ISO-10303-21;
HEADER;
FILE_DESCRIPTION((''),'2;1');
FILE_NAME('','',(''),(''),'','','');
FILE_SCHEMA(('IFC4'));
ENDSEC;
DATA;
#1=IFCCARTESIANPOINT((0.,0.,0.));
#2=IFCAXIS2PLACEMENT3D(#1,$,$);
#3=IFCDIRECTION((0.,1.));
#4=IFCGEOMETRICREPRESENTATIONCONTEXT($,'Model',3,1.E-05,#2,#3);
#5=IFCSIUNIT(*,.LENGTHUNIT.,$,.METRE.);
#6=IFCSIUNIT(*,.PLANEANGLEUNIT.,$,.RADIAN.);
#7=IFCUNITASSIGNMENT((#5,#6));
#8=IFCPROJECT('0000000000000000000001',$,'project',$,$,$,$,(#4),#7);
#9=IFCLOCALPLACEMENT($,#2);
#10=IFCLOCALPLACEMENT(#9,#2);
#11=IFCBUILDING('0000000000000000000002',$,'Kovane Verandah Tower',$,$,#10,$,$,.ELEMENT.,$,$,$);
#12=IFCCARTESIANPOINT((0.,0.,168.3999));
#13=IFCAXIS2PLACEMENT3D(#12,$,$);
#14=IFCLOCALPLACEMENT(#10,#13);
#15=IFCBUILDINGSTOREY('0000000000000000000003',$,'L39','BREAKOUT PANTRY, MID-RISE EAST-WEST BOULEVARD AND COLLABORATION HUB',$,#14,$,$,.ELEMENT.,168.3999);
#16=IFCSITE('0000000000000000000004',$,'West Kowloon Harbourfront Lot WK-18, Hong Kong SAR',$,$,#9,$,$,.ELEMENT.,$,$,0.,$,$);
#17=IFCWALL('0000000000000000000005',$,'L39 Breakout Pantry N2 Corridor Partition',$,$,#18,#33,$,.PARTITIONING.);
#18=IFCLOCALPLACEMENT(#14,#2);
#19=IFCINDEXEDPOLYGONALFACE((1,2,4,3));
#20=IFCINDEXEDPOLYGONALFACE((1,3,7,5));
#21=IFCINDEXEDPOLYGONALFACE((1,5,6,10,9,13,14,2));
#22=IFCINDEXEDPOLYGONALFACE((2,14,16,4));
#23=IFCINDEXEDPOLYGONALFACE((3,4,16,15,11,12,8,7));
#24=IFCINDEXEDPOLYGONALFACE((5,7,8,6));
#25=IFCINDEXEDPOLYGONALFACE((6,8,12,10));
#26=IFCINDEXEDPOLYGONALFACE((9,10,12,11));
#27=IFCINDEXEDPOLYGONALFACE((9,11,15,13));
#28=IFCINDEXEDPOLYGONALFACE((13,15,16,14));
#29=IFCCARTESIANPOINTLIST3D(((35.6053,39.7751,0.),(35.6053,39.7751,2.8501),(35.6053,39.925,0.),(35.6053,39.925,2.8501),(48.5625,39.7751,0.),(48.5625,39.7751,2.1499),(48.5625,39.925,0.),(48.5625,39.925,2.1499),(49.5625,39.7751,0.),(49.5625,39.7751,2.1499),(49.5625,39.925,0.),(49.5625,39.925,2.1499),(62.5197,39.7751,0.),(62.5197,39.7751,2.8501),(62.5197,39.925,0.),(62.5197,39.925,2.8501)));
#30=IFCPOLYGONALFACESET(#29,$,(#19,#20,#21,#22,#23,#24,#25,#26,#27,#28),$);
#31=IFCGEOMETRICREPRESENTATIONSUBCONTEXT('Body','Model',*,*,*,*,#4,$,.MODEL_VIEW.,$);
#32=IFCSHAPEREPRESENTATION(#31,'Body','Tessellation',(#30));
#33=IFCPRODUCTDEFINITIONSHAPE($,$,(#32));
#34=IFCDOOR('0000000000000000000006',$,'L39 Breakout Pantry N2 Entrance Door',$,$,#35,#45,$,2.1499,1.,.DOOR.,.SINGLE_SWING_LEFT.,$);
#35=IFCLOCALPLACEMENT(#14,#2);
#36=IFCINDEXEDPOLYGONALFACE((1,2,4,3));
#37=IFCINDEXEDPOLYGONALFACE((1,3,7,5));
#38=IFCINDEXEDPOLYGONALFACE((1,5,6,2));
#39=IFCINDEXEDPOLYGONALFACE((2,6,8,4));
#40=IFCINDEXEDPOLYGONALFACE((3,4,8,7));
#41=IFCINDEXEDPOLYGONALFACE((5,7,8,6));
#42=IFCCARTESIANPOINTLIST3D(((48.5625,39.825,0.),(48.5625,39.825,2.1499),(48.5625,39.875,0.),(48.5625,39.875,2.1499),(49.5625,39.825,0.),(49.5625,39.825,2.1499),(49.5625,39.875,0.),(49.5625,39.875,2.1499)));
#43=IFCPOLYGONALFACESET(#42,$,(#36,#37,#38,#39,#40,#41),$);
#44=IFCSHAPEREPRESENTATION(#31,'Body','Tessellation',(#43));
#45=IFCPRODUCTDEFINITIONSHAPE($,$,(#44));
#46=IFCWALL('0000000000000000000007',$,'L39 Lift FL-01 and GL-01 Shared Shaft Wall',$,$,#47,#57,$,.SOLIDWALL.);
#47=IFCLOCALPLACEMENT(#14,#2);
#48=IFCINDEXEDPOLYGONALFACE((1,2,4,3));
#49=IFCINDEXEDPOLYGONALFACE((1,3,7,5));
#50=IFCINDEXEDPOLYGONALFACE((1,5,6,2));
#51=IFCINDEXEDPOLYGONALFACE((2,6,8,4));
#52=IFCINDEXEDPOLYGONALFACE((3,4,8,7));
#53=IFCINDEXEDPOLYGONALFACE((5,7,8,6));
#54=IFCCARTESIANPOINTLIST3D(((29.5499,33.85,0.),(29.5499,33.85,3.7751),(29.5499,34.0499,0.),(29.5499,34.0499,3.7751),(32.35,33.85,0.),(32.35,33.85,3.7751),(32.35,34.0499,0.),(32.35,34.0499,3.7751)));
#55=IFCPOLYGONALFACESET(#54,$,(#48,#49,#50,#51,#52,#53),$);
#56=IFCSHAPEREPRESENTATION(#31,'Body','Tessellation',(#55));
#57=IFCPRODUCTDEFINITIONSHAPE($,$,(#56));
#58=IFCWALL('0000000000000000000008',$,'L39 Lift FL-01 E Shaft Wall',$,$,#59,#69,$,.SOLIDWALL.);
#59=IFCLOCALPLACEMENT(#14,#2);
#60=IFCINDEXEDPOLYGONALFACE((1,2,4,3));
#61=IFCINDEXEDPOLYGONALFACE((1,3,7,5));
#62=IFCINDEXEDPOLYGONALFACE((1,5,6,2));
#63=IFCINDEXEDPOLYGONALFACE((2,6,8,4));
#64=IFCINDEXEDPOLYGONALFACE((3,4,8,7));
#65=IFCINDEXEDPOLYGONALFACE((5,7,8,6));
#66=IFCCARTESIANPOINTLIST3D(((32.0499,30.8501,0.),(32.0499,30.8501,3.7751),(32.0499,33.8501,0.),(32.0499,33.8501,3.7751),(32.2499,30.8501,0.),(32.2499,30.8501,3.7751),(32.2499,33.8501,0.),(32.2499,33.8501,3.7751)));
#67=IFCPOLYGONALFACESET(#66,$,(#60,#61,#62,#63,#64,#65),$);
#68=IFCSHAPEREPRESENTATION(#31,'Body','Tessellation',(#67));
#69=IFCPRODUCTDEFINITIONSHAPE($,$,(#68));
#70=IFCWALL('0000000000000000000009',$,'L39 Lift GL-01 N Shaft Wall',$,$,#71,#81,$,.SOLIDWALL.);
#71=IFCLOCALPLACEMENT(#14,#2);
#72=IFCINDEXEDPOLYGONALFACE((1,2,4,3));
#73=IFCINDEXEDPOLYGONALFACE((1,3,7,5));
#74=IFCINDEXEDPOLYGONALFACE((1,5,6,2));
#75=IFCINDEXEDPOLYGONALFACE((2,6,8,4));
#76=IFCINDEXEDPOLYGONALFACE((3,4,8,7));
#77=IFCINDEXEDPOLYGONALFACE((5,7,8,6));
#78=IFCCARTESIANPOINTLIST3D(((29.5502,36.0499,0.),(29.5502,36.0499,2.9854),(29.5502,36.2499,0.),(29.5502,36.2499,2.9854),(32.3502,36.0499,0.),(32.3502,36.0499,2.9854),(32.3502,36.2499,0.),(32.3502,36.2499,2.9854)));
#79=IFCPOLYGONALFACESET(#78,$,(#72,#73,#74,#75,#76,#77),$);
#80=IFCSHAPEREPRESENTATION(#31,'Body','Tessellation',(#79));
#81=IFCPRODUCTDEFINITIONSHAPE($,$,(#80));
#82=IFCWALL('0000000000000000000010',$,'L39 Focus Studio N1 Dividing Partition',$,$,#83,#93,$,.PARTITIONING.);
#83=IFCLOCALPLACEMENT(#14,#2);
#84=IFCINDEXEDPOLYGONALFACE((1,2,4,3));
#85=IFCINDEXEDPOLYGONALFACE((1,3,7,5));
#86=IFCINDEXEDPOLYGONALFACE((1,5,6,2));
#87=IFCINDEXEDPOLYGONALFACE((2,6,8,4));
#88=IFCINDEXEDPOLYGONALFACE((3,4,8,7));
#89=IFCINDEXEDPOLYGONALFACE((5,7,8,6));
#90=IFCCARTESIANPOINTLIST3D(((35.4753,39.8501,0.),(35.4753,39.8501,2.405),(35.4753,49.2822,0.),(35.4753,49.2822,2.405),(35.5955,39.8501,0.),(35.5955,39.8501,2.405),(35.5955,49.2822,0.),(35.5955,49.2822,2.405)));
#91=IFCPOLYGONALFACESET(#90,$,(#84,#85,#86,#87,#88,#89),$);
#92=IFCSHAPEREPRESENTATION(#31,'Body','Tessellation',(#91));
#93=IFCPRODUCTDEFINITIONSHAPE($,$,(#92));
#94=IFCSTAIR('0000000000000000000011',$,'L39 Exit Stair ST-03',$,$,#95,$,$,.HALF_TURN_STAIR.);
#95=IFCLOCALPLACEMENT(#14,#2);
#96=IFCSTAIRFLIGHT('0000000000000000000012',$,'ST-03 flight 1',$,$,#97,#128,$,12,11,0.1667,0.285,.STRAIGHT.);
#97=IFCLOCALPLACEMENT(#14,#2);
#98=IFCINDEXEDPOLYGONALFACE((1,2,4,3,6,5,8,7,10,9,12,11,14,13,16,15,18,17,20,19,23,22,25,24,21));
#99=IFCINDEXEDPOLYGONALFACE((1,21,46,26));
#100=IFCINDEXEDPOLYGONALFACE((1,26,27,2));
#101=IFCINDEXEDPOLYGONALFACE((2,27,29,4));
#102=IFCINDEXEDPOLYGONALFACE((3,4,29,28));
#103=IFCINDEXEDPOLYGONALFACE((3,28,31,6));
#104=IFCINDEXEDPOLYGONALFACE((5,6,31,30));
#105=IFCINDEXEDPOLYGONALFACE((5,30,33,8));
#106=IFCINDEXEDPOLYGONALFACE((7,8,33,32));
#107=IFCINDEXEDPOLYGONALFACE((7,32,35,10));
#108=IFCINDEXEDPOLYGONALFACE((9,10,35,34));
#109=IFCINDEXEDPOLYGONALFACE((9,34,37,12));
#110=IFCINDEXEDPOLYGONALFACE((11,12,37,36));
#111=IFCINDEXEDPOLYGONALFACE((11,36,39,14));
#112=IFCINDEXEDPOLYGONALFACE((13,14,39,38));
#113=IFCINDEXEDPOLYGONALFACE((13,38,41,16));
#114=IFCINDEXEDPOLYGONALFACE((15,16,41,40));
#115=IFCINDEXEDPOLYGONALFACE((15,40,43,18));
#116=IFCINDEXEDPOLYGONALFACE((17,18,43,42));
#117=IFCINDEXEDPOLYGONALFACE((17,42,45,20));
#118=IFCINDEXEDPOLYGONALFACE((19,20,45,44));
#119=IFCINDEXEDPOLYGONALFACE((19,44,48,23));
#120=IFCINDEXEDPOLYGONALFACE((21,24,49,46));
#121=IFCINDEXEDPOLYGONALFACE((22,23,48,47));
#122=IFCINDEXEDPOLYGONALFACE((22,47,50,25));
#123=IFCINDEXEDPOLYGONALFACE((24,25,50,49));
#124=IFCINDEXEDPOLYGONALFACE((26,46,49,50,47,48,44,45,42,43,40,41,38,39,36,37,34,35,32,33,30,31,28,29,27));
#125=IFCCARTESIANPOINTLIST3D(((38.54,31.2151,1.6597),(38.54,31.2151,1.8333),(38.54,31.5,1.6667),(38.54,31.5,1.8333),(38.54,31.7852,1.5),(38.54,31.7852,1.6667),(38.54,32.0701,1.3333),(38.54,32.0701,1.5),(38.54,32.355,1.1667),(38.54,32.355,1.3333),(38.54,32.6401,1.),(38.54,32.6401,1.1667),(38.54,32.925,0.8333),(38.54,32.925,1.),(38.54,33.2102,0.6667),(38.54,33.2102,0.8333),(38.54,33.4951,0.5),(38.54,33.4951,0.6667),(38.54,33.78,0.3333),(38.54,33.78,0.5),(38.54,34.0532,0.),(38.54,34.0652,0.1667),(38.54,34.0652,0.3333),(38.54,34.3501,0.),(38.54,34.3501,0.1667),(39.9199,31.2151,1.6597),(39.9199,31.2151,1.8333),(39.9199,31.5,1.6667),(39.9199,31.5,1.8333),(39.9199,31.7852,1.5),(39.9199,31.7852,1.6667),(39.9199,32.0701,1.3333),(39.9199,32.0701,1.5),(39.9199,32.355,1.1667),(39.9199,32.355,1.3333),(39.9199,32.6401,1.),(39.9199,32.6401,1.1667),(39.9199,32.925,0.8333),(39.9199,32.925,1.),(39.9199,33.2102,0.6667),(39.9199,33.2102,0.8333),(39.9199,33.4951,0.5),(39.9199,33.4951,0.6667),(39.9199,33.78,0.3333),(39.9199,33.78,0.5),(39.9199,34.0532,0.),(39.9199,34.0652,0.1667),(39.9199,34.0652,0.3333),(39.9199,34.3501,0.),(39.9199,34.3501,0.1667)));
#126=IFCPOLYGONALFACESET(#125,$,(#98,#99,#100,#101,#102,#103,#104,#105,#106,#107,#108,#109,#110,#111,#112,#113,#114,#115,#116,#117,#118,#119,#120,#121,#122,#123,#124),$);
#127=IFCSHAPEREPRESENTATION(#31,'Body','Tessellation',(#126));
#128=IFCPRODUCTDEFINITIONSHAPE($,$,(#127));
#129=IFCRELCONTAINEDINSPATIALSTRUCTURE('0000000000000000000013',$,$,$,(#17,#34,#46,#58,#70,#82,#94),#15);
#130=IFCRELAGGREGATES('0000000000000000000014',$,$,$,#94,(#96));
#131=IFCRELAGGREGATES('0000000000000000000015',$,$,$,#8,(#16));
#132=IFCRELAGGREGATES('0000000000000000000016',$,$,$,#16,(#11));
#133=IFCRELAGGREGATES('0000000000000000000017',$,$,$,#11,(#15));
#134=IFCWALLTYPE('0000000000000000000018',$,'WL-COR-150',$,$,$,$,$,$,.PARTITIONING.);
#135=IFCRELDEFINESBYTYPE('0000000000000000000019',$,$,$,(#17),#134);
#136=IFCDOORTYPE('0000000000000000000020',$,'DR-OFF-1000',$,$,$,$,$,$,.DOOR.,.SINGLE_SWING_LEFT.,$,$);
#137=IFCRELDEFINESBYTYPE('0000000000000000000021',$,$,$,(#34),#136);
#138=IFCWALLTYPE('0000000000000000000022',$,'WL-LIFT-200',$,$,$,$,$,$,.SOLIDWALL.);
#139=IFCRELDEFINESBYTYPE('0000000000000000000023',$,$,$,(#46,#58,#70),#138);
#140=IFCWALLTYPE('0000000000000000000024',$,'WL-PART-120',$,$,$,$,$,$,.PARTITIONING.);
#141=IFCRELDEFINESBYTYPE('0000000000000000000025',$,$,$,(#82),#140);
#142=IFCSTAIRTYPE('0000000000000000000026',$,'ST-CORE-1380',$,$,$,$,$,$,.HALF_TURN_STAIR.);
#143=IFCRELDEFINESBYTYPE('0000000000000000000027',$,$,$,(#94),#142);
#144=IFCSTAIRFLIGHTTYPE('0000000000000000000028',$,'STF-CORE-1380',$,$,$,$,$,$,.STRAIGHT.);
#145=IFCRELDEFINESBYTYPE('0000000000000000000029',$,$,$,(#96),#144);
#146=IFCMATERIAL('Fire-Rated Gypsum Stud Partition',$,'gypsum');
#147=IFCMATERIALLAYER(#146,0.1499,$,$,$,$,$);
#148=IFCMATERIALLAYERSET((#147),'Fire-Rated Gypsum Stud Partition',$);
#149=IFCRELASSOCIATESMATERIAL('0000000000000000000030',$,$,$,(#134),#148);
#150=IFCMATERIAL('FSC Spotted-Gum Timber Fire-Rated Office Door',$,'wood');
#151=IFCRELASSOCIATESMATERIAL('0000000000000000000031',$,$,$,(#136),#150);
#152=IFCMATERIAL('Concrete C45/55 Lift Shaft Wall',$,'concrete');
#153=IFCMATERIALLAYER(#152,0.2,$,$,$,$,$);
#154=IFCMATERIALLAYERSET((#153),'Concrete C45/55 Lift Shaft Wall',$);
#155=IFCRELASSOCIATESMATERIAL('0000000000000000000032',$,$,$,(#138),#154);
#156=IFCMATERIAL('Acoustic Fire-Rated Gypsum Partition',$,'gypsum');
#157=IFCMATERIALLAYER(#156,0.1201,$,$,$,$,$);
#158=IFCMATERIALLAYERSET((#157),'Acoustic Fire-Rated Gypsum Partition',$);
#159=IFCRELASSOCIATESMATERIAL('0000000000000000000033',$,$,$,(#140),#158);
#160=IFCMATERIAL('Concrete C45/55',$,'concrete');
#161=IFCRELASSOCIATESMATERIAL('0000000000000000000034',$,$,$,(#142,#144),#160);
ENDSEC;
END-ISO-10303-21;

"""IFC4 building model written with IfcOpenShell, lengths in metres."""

from ifc_helpers import new_model, si_unit, direction, frame, frame_2d, origin, place, context, subcontext, project, spatial, polyline, rectangle, outline, extrude, material, layer, layer_set, type_object, element, fill, aggregate, save


model = new_model("IFC4")

# Units and contexts
model_context = context("Model", 3, precision=1e-05, world=origin(), true_north=direction((0.0, 1.0)))
body_context = subcontext(model_context, "Body", "Model", "MODEL_VIEW")
ifc_project = project(units=[si_unit("LENGTHUNIT", "METRE"), si_unit("PLANEANGLEUNIT", "RADIAN")], contexts=[model_context])

# Site, building, storey
site_placement = place(None, origin())
site = spatial("IfcSite", under=ifc_project, at=site_placement, Name="West Kowloon Harbourfront Lot WK-18, Hong Kong SAR", CompositionType="ELEMENT", RefElevation=0.0)
building_placement = place(site_placement, origin())
building = spatial("IfcBuilding", under=site, at=building_placement, Name="Kovane Verandah Tower", CompositionType="ELEMENT")
storey_placement = place(building_placement, frame((0.0, 0.0, 168.3999)))
storey = spatial("IfcBuildingStorey", under=building, at=storey_placement, Name="L39", Description="BREAKOUT PANTRY, MID-RISE EAST-WEST BOULEVARD AND COLLABORATION HUB", CompositionType="ELEMENT", Elevation=168.3999)

# Shared definitions
ifc_material_1 = material(Name="Fire-Rated Gypsum Stud Partition", Category="gypsum")
ifc_layer_1 = layer(ifc_material_1, 0.1499)
ifc_layer_set_1 = layer_set([ifc_layer_1], Name="Fire-Rated Gypsum Stud Partition")
wall_type_1 = type_object("IfcWallType", Name="WL-COR-150", PredefinedType="PARTITIONING", material=ifc_layer_set_1)

# Wall, opening, door
wall_1_placement = place(storey_placement, frame((35.6055, 39.8501, 0.0), z_axis=(0.0, 0.0, 1.0), x_axis=(1.0, 0.0, 0.0)))
wall_1 = element("IfcWall", 1, at=wall_1_placement, inside=storey, type_object=wall_type_1, Name="L39 Breakout Pantry N2 Corridor Partition", PredefinedType="PARTITIONING", context=body_context, shape_type="SweptSolid", body=[
    extrude(rectangle(XDim=26.9143, YDim=0.1499, at=frame_2d((13.457, 0.0))), origin(), (0.0, 0.0, 1.0), 2.8501),
])
opening_1_placement = place(wall_1_placement, frame((12.957, 0.0, 0.0)))
opening_1 = element("IfcOpeningElement", 2, at=opening_1_placement, cuts=wall_1, PredefinedType="OPENING", context=body_context, shape_type="SweptSolid", body=[
    extrude(rectangle(XDim=1.0, YDim=2.1499, at=frame_2d((0.5, 1.075))), frame((0.0, 0.075, 0.0), z_axis=(0.0, -1.0, 0.0), x_axis=(1.0, 0.0, 0.0)), (0.0, 0.0, 1.0), 0.1499),
])
ifc_material_2 = material(Name="FSC Spotted-Gum Timber Fire-Rated Office Door", Category="wood")
door_type_1 = type_object("IfcDoorType", Name="DR-OFF-1000", OperationType="SINGLE_SWING_LEFT", PredefinedType="DOOR", material=ifc_material_2)
door_1_placement = place(opening_1_placement, origin())
door_1 = element("IfcDoor", 3, at=door_1_placement, inside=storey, type_object=door_type_1, Name="L39 Breakout Pantry N2 Entrance Door", OperationType="SINGLE_SWING_LEFT", OverallHeight=2.1499, OverallWidth=1.0, PredefinedType="DOOR", context=body_context, shape_type="SweptSolid", body=[
    extrude(rectangle(XDim=1.0, YDim=2.1499, at=frame_2d((0.5, 1.075))), frame((0.0, 0.0249, 0.0), z_axis=(0.0, -1.0, 0.0), x_axis=(1.0, 0.0, 0.0)), (0.0, 0.0, 1.0), 0.05),
])
fill(opening_1, door_1)
ifc_material_3 = material(Name="Concrete C45/55 Lift Shaft Wall", Category="concrete")
ifc_layer_2 = layer(ifc_material_3, 0.2)
ifc_layer_set_2 = layer_set([ifc_layer_2], Name="Concrete C45/55 Lift Shaft Wall")
wall_type_2 = type_object("IfcWallType", Name="WL-LIFT-200", PredefinedType="SOLIDWALL", material=ifc_layer_set_2)

# Walls
wall_2_placement = place(storey_placement, frame((29.55, 33.95, 0.0), z_axis=(0.0, 0.0, 1.0), x_axis=(1.0, 0.0, 0.0)))
element("IfcWall", 4, at=wall_2_placement, inside=storey, type_object=wall_type_2, Name="L39 Lift FL-01 and GL-01 Shared Shaft Wall", PredefinedType="SOLIDWALL", context=body_context, shape_type="SweptSolid", body=[
    extrude(rectangle(XDim=2.8, YDim=0.2, at=frame_2d((1.3999, 0.0))), origin(), (0.0, 0.0, 1.0), 3.7751),
])
wall_3_placement = place(storey_placement, frame((32.1499, 30.8501, 0.0), z_axis=(0.0, 0.0, 1.0), x_axis=(0.0, 1.0, 0.0)))
element("IfcWall", 5, at=wall_3_placement, inside=storey, type_object=wall_type_2, Name="L39 Lift FL-01 E Shaft Wall", PredefinedType="SOLIDWALL", context=body_context, shape_type="SweptSolid", body=[
    extrude(rectangle(XDim=3.0, YDim=0.2, at=frame_2d((1.5, 0.0))), origin(), (0.0, 0.0, 1.0), 3.7751),
])
wall_4_placement = place(storey_placement, frame((32.3501, 36.1499, 0.0), z_axis=(0.0, 0.0, 1.0), x_axis=(-1.0, 0.0, 0.0)))
element("IfcWall", 6, at=wall_4_placement, inside=storey, type_object=wall_type_2, Name="L39 Lift GL-01 N Shaft Wall", PredefinedType="SOLIDWALL", context=body_context, shape_type="SweptSolid", body=[
    extrude(rectangle(XDim=2.8, YDim=0.2, at=frame_2d((1.3999, 0.0))), origin(), (0.0, 0.0, 1.0), 2.9854),
])

# Wall
ifc_material_4 = material(Name="Acoustic Fire-Rated Gypsum Partition", Category="gypsum")
ifc_layer_3 = layer(ifc_material_4, 0.1201)
ifc_layer_set_3 = layer_set([ifc_layer_3], Name="Acoustic Fire-Rated Gypsum Partition")
wall_type_3 = type_object("IfcWallType", Name="WL-PART-120", PredefinedType="PARTITIONING", material=ifc_layer_set_3)
wall_5_placement = place(storey_placement, frame((35.5354, 39.8501, 0.0), z_axis=(0.0, 0.0, 1.0), x_axis=(0.0, 1.0, 0.0)))
element("IfcWall", 7, at=wall_5_placement, inside=storey, type_object=wall_type_3, Name="L39 Focus Studio N1 Dividing Partition", PredefinedType="PARTITIONING", context=body_context, shape_type="SweptSolid", body=[
    extrude(rectangle(XDim=9.4321, YDim=0.1201, at=frame_2d((4.7161, 0.0))), origin(), (0.0, 0.0, 1.0), 2.405),
])

# Stair, stair flight
ifc_material_5 = material(Name="Concrete C45/55", Category="concrete")
stair_type = type_object("IfcStairType", Name="ST-CORE-1380", PredefinedType="HALF_TURN_STAIR", material=ifc_material_5)
stair_placement = place(storey_placement, origin())
stair = element("IfcStair", 8, at=stair_placement, inside=storey, type_object=stair_type, Name="L39 Exit Stair ST-03", PredefinedType="HALF_TURN_STAIR")
stair_flight_type = type_object("IfcStairFlightType", Name="STF-CORE-1380", PredefinedType="STRAIGHT", material=ifc_material_5)
stair_flight_placement = place(storey_placement, frame((39.23, 34.3501, 0.0), z_axis=(0.0, 0.0, 1.0), x_axis=(0.0, -1.0, 0.0)))
stair_flight = element("IfcStairFlight", 9, at=stair_flight_placement, type_object=stair_flight_type, Name="ST-03 flight 1", NumberOfRisers=12, NumberOfTreads=11, PredefinedType="STRAIGHT", RiserHeight=0.1667, TreadLength=0.285, context=body_context, shape_type="SweptSolid", body=[
    extrude(outline(polyline([(0.0, 0.0), (0.0, 0.1667), (0.2849, 0.1667), (0.2849, 0.3333), (0.5701, 0.3333), (0.5701, 0.5), (0.855, 0.5), (0.855, 0.6667), (1.1399, 0.6667), (1.1399, 0.8333), (1.425, 0.8333), (1.425, 1.0), (1.71, 1.0), (1.71, 1.1667), (1.9951, 1.1667), (1.9951, 1.3333), (2.28, 1.3333), (2.28, 1.5), (2.5649, 1.5), (2.5649, 1.6667), (2.8501, 1.6667), (2.8501, 1.8333), (3.135, 1.8333), (3.135, 2.0), (3.135, 1.6597), (0.2969, 0.0), (0.0, 0.0)])), frame((0.0, 0.6899, 0.0), z_axis=(0.0, -1.0, 0.0), x_axis=(1.0, 0.0, 0.0)), (0.0, 0.0, 1.0), 1.3799),
])
aggregate(stair, [stair_flight])

save(model, "model.ifc")
